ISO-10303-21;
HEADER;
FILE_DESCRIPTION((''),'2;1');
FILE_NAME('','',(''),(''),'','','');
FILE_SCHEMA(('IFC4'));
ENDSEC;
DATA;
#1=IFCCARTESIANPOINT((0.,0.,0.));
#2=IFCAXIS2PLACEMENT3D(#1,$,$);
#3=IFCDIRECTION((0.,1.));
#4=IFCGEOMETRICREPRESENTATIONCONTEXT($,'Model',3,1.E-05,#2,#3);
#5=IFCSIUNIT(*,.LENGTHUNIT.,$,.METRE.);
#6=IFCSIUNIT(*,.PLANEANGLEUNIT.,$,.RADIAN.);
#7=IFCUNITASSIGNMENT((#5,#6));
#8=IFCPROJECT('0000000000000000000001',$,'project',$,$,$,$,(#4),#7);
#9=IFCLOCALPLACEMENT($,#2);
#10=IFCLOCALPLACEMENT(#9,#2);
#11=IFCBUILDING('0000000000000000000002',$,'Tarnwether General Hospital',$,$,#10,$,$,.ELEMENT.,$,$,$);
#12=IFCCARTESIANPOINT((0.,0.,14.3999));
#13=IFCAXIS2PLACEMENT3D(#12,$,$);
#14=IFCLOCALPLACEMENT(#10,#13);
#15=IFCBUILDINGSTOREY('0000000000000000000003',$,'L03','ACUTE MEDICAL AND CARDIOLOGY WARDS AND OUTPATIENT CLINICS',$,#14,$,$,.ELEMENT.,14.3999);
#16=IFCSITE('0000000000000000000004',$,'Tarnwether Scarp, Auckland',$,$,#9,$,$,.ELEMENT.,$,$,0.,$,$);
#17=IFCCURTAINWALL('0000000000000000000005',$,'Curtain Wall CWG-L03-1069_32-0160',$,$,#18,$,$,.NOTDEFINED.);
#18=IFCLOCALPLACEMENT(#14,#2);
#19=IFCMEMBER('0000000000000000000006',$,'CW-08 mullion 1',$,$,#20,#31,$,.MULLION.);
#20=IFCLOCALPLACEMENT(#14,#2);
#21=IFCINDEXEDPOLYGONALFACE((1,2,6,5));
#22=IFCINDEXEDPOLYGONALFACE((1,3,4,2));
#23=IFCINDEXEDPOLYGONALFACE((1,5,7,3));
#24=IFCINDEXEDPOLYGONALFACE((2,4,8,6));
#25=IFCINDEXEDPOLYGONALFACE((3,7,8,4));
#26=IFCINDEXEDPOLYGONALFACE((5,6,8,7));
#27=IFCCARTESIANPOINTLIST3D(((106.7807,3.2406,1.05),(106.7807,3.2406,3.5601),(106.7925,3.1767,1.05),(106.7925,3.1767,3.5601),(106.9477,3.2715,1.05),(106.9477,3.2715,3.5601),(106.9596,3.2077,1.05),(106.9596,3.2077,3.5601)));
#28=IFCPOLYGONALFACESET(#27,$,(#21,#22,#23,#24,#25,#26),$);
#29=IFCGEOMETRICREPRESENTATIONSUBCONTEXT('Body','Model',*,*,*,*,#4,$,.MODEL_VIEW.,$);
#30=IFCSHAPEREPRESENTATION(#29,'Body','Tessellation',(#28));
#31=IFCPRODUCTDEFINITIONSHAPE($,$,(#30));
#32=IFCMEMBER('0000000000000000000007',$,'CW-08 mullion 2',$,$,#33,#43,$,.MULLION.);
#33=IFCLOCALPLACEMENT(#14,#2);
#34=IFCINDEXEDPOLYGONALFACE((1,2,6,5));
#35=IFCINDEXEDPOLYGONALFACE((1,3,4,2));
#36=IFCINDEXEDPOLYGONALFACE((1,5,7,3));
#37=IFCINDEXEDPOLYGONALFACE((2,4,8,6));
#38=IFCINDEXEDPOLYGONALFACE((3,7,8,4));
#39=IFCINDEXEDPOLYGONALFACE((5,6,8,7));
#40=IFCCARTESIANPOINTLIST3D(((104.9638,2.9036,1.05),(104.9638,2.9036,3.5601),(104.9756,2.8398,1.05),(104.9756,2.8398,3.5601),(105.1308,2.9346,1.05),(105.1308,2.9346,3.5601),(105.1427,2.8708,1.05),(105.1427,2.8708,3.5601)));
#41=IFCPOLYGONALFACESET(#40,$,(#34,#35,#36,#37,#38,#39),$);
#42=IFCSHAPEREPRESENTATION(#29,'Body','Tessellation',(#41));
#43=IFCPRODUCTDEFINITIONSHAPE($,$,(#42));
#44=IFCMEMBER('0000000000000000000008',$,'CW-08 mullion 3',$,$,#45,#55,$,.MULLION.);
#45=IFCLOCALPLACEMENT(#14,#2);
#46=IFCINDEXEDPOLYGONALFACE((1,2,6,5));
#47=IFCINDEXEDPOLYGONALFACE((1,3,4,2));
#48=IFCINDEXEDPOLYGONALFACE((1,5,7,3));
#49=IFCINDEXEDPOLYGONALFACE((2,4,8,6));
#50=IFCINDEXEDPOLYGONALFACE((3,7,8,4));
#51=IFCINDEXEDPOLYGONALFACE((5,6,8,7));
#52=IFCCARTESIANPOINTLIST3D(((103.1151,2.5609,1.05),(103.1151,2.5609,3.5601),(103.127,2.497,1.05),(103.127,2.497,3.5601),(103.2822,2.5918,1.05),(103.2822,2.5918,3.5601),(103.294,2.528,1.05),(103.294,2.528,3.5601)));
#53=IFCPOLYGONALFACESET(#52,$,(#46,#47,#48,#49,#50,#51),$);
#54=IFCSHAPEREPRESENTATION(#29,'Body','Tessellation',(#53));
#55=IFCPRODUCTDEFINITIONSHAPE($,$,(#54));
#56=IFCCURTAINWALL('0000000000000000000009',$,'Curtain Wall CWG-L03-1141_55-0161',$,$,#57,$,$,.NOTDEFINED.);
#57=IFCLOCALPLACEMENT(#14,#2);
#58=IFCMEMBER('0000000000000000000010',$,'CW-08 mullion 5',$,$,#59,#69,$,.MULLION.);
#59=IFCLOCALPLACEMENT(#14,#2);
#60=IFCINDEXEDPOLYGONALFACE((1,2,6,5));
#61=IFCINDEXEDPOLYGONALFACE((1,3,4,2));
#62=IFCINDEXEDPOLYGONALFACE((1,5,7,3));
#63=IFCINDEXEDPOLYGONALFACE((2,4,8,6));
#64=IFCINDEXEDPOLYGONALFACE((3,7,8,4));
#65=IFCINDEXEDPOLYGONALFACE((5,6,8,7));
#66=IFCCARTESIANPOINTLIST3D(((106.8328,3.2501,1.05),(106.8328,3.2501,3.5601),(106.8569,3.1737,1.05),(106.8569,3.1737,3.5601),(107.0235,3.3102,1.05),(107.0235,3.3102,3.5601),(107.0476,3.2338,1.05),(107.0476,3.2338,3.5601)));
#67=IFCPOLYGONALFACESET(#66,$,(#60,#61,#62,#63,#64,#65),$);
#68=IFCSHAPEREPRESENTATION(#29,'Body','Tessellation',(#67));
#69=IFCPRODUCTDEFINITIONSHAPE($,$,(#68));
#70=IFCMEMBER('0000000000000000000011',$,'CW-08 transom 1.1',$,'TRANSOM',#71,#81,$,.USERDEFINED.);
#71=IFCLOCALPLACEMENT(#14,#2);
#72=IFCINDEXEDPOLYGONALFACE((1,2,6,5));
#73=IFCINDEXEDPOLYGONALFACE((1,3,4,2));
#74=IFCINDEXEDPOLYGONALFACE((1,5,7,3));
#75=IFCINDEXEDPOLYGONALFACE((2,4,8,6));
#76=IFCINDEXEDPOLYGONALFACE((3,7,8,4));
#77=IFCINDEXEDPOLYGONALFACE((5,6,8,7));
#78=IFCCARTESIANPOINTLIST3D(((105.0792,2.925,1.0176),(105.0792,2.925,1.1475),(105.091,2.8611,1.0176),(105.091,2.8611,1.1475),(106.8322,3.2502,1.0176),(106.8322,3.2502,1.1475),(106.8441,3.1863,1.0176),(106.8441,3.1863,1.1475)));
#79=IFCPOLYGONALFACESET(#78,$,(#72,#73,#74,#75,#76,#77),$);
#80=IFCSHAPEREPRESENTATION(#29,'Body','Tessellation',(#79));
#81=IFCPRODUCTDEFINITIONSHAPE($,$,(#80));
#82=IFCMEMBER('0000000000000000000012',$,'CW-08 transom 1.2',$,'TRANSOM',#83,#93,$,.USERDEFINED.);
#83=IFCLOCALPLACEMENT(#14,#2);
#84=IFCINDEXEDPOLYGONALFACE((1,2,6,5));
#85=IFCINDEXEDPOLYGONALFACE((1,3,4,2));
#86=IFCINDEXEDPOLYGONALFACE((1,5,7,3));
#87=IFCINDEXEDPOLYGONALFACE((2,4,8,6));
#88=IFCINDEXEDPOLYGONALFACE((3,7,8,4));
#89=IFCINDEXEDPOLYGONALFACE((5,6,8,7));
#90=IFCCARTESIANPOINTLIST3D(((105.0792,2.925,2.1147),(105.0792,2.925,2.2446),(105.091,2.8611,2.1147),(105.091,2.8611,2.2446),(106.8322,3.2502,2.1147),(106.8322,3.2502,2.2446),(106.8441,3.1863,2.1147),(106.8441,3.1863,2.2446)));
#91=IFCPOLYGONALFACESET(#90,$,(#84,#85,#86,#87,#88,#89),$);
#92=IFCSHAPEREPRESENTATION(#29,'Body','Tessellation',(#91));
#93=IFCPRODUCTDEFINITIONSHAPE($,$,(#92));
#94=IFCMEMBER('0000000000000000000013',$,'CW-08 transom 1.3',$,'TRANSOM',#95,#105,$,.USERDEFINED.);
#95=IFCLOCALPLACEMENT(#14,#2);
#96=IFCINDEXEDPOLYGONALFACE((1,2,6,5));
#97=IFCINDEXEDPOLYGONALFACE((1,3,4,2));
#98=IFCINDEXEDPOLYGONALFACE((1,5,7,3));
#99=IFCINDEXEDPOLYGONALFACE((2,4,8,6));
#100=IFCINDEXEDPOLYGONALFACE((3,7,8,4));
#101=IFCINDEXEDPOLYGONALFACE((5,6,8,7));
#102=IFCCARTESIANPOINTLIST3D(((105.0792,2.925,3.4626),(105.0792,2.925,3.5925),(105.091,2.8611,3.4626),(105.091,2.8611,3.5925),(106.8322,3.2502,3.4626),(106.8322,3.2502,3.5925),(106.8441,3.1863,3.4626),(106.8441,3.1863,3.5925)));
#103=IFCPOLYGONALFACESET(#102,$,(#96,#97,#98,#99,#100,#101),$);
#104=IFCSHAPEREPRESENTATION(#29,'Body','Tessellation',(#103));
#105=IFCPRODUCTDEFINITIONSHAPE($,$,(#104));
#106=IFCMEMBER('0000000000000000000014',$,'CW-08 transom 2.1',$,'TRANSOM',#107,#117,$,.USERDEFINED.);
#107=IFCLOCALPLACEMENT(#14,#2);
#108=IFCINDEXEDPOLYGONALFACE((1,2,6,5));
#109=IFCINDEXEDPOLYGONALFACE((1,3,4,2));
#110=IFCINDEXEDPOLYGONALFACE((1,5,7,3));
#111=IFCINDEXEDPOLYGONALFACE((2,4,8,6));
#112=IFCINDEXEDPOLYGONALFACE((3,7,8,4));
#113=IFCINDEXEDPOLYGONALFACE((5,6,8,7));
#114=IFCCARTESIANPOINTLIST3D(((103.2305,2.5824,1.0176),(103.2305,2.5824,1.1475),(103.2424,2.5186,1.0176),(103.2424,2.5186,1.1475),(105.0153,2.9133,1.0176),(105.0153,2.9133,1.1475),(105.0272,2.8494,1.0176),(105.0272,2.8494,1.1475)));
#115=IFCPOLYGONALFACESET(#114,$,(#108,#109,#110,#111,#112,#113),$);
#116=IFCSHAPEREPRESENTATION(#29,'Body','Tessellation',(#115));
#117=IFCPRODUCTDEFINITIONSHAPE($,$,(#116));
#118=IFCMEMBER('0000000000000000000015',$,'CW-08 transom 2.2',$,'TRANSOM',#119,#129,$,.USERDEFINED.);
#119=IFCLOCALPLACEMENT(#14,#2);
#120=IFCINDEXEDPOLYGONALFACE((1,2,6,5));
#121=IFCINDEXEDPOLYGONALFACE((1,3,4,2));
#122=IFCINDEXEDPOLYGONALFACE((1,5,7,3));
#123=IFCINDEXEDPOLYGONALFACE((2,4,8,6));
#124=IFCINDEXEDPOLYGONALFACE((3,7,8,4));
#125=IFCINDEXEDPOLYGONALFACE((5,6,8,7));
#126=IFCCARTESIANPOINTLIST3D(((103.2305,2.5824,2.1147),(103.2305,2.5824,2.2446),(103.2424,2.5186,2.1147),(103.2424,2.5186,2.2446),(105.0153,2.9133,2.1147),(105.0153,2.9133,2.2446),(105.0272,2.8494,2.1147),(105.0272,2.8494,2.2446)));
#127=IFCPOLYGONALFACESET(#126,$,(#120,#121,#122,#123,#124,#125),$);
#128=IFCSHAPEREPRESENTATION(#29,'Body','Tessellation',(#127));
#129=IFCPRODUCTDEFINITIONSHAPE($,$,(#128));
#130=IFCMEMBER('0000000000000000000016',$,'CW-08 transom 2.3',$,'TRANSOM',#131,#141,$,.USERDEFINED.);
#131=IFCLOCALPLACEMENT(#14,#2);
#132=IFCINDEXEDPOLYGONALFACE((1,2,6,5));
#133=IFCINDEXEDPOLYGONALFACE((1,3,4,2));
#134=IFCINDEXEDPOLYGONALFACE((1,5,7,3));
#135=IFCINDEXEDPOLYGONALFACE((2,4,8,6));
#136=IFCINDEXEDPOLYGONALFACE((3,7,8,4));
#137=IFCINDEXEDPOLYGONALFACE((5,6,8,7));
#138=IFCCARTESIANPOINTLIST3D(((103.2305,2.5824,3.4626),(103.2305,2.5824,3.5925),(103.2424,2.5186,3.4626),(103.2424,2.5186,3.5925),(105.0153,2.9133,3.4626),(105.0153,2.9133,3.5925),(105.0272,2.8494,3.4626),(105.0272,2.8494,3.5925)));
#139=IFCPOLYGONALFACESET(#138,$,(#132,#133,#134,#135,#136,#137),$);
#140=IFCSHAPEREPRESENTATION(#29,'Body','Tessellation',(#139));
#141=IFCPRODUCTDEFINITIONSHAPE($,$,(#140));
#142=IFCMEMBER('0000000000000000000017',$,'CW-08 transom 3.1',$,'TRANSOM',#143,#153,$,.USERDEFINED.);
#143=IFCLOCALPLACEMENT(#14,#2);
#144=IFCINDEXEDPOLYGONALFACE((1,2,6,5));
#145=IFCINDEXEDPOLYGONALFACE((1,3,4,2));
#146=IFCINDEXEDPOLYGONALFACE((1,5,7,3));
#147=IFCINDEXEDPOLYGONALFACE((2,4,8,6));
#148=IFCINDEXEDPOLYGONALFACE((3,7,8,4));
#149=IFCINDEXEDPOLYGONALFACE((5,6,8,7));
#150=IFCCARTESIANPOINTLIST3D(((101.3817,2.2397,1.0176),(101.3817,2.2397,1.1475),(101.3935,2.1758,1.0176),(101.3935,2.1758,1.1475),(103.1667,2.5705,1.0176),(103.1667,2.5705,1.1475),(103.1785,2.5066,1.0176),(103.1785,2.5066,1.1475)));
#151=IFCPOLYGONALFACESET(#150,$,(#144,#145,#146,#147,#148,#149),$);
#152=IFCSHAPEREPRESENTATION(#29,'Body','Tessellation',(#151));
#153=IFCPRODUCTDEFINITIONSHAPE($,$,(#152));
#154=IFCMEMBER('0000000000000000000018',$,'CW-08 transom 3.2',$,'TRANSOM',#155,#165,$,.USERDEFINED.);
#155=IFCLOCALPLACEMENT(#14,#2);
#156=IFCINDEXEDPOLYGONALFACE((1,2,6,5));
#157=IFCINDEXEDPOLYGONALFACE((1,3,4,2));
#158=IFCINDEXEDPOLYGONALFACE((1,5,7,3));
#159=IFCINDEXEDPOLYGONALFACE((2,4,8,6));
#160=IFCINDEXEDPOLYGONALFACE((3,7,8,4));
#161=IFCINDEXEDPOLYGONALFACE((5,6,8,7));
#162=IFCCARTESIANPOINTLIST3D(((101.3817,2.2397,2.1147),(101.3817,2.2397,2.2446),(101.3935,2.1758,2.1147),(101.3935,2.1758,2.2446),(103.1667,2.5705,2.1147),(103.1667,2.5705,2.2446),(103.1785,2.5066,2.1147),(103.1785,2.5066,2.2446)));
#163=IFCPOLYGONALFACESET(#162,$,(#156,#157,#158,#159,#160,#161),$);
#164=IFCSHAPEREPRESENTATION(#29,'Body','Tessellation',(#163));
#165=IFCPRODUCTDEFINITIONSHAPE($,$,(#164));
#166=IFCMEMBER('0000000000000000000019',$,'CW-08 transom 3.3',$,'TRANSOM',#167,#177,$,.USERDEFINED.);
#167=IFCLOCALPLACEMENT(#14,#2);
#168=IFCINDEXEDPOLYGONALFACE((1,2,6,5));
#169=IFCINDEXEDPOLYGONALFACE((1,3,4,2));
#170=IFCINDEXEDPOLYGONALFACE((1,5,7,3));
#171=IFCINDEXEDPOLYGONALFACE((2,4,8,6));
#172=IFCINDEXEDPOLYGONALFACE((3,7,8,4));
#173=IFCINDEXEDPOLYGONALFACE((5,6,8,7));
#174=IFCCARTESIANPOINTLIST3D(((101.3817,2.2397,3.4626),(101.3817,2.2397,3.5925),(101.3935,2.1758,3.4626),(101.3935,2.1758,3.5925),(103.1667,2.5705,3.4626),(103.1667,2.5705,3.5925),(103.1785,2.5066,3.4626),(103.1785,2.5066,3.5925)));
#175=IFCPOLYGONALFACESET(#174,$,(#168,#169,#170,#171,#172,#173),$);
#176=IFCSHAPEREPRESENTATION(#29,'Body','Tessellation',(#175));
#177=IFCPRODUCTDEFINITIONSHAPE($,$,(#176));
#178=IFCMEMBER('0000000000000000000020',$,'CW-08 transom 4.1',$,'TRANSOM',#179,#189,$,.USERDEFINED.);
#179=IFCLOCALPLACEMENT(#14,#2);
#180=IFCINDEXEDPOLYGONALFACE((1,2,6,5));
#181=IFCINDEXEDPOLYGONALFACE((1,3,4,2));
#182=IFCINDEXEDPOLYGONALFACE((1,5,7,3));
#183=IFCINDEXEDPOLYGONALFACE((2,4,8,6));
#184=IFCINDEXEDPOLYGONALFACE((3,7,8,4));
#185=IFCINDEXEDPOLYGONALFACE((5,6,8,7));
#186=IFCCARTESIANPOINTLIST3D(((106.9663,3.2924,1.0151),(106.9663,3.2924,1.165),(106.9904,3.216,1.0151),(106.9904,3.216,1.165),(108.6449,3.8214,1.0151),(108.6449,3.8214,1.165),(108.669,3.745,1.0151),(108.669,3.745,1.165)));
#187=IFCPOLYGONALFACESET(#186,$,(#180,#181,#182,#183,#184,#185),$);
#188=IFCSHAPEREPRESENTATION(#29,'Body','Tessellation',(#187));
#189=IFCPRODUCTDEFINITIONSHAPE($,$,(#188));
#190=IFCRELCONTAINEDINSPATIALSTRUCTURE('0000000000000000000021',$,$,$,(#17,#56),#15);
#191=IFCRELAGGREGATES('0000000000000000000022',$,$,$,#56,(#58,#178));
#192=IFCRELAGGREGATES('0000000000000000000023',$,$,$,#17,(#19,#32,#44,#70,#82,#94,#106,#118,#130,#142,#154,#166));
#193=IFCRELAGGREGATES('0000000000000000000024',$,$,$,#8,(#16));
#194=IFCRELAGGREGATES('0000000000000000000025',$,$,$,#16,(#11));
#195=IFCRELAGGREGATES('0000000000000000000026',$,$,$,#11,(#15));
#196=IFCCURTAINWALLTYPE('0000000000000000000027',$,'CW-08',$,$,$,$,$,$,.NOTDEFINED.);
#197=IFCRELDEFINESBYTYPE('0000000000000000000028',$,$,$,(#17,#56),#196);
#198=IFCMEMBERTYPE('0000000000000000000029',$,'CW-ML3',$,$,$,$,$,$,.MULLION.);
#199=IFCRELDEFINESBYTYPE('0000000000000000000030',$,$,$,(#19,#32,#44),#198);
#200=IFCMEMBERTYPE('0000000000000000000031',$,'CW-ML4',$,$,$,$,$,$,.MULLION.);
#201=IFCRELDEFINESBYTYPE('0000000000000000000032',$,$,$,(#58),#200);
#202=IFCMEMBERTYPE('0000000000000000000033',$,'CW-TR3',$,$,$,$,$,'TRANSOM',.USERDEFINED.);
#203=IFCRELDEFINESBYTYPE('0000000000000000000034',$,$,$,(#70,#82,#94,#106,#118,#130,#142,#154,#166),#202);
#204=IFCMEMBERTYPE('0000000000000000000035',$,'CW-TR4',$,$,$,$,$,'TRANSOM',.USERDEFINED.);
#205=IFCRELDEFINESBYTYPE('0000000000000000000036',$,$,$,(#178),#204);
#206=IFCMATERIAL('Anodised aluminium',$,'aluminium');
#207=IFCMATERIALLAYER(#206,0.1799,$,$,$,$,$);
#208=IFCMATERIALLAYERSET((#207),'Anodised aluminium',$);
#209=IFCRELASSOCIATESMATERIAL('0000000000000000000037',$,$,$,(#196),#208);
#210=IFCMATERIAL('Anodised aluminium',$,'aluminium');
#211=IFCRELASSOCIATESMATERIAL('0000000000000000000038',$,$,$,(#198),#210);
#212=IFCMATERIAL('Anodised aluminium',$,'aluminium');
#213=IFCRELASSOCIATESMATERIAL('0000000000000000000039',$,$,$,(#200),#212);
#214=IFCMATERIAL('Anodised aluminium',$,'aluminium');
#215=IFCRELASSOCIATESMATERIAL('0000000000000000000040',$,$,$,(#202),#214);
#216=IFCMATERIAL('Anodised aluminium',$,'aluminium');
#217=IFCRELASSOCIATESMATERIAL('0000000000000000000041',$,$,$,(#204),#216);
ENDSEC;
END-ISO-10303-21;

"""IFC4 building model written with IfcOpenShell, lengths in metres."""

from ifc_helpers import new_model, si_unit, direction, frame, origin, origin_2d, place, context, subcontext, project, spatial, rectangle, extrude, material, layer, layer_set, material_profile, profile_set, type_object, element, aggregate, save


model = new_model("IFC4")

# Units and contexts
model_context = context("Model", 3, precision=1e-05, world=origin(), true_north=direction((0.0, 1.0)))
body_context = subcontext(model_context, "Body", "Model", "MODEL_VIEW")
ifc_project = project(units=[si_unit("LENGTHUNIT", "METRE"), si_unit("PLANEANGLEUNIT", "RADIAN")], contexts=[model_context])

# Site, building, storey
site_placement = place(None, origin())
site = spatial("IfcSite", under=ifc_project, at=site_placement, Name="Tarnwether Scarp, Auckland", CompositionType="ELEMENT", RefElevation=0.0)
building_placement = place(site_placement, origin())
building = spatial("IfcBuilding", under=site, at=building_placement, Name="Tarnwether General Hospital", CompositionType="ELEMENT")
storey_placement = place(building_placement, frame((0.0, 0.0, 14.3999)))
storey = spatial("IfcBuildingStorey", under=building, at=storey_placement, Name="L03", Description="ACUTE MEDICAL AND CARDIOLOGY WARDS AND OUTPATIENT CLINICS", CompositionType="ELEMENT", Elevation=14.3999)

# Curtain wall, members
ifc_material_1 = material(Name="Anodised aluminium", Category="aluminium")
ifc_layer_1 = layer(ifc_material_1, 0.1799)
ifc_layer_set_1 = layer_set([ifc_layer_1], Name="Anodised aluminium")
curtain_wall_type = type_object("IfcCurtainWallType", Name="CW-08", PredefinedType="NOTDEFINED", material=ifc_layer_set_1)
curtain_wall_1_placement = place(storey_placement, origin())
curtain_wall_1 = element("IfcCurtainWall", 1, at=curtain_wall_1_placement, inside=storey, type_object=curtain_wall_type, Name="Curtain Wall CWG-L03-1069_32-0160", PredefinedType="NOTDEFINED")
ifc_material_2 = material(Name="Anodised aluminium", Category="aluminium")
ifc_material_profile_1 = material_profile(ifc_material_2, rectangle(XDim=0.0649, YDim=0.1699, at=origin_2d()), Name="ALU-MUL-65x170")
ifc_profile_set_1 = profile_set([ifc_material_profile_1], Name="Anodised aluminium")
member_type_1 = type_object("IfcMemberType", Name="CW-ML3", PredefinedType="MULLION", material=ifc_profile_set_1)
member_1_placement = place(storey_placement, frame((106.8701, 3.2241, 1.05), z_axis=(0.0, 0.0, 1.0), x_axis=(0.182289, -0.983245, 0.0)))
member_1 = element("IfcMember", 2, at=member_1_placement, type_object=member_type_1, Name="CW-08 mullion 1", PredefinedType="MULLION", context=body_context, shape_type="SweptSolid", body=[
    extrude(rectangle(XDim=0.0649, YDim=0.1699, at=origin_2d()), origin(), (0.0, 0.0, 1.0), 2.51),
])
member_2_placement = place(storey_placement, frame((105.0532, 2.8872, 1.05), z_axis=(0.0, 0.0, 1.0), x_axis=(0.182289, -0.983245, 0.0)))
member_2 = element("IfcMember", 3, at=member_2_placement, type_object=member_type_1, Name="CW-08 mullion 2", PredefinedType="MULLION", context=body_context, shape_type="SweptSolid", body=[
    extrude(rectangle(XDim=0.0649, YDim=0.1699, at=origin_2d()), origin(), (0.0, 0.0, 1.0), 2.51),
])
member_3_placement = place(storey_placement, frame((103.2046, 2.5444, 1.05), z_axis=(0.0, 0.0, 1.0), x_axis=(0.182289, -0.983245, 0.0)))
member_3 = element("IfcMember", 4, at=member_3_placement, type_object=member_type_1, Name="CW-08 mullion 3", PredefinedType="MULLION", context=body_context, shape_type="SweptSolid", body=[
    extrude(rectangle(XDim=0.0649, YDim=0.1699, at=origin_2d()), origin(), (0.0, 0.0, 1.0), 2.51),
])

# Curtain wall, member
curtain_wall_2_placement = place(storey_placement, origin())
curtain_wall_2 = element("IfcCurtainWall", 5, at=curtain_wall_2_placement, inside=storey, type_object=curtain_wall_type, Name="Curtain Wall CWG-L03-1141_55-0161", PredefinedType="NOTDEFINED")
ifc_material_3 = material(Name="Anodised aluminium", Category="aluminium")
ifc_material_profile_2 = material_profile(ifc_material_3, rectangle(XDim=0.0801, YDim=0.2, at=origin_2d()), Name="ALU-MUL-80x200")
ifc_profile_set_2 = profile_set([ifc_material_profile_2], Name="Anodised aluminium")
member_type_2 = type_object("IfcMemberType", Name="CW-ML4", PredefinedType="MULLION", material=ifc_profile_set_2)
member_4_placement = place(storey_placement, frame((106.9402, 3.2419, 1.05), z_axis=(0.0, 0.0, 1.0), x_axis=(0.300629, -0.953741, 0.0)))
member_4 = element("IfcMember", 6, at=member_4_placement, type_object=member_type_2, Name="CW-08 mullion 5", PredefinedType="MULLION", context=body_context, shape_type="SweptSolid", body=[
    extrude(rectangle(XDim=0.0801, YDim=0.2, at=origin_2d()), origin(), (0.0, 0.0, 1.0), 2.51),
])

# Members
ifc_material_4 = material(Name="Anodised aluminium", Category="aluminium")
ifc_material_profile_3 = material_profile(ifc_material_4, rectangle(XDim=0.0649, YDim=0.1299, at=origin_2d()), Name="ALU-TRN-65x130")
ifc_profile_set_3 = profile_set([ifc_material_profile_3], Name="Anodised aluminium")
member_type_3 = type_object("IfcMemberType", Name="CW-TR3", ElementType="TRANSOM", PredefinedType="USERDEFINED", material=ifc_profile_set_3)
member_5_placement = place(storey_placement, frame((106.8381, 3.2183, 1.0825), z_axis=(-0.983224, -0.182403, 0.0), x_axis=(0.182403, -0.983224, 0.0)))
member_5 = element("IfcMember", 7, at=member_5_placement, type_object=member_type_3, Name="CW-08 transom 1.1", ObjectType="TRANSOM", PredefinedType="USERDEFINED", context=body_context, shape_type="SweptSolid", body=[
    extrude(rectangle(XDim=0.0649, YDim=0.1299, at=origin_2d()), origin(), (0.0, 0.0, 1.0), 1.783),
])
member_6_placement = place(storey_placement, frame((106.8381, 3.2183, 2.1797), z_axis=(-0.983224, -0.182403, 0.0), x_axis=(0.182403, -0.983224, 0.0)))
member_6 = element("IfcMember", 8, at=member_6_placement, type_object=member_type_3, Name="CW-08 transom 1.2", ObjectType="TRANSOM", PredefinedType="USERDEFINED", context=body_context, shape_type="SweptSolid", body=[
    extrude(rectangle(XDim=0.0649, YDim=0.1299, at=origin_2d()), origin(), (0.0, 0.0, 1.0), 1.783),
])
member_7_placement = place(storey_placement, frame((106.8381, 3.2183, 3.5276), z_axis=(-0.983224, -0.182403, 0.0), x_axis=(0.182403, -0.983224, 0.0)))
member_7 = element("IfcMember", 9, at=member_7_placement, type_object=member_type_3, Name="CW-08 transom 1.3", ObjectType="TRANSOM", PredefinedType="USERDEFINED", context=body_context, shape_type="SweptSolid", body=[
    extrude(rectangle(XDim=0.0649, YDim=0.1299, at=origin_2d()), origin(), (0.0, 0.0, 1.0), 1.783),
])
member_8_placement = place(storey_placement, frame((105.0212, 2.8813, 1.0825), z_axis=(-0.983251, -0.182258, 0.0), x_axis=(0.182258, -0.983251, 0.0)))
member_8 = element("IfcMember", 10, at=member_8_placement, type_object=member_type_3, Name="CW-08 transom 2.1", ObjectType="TRANSOM", PredefinedType="USERDEFINED", context=body_context, shape_type="SweptSolid", body=[
    extrude(rectangle(XDim=0.0649, YDim=0.1299, at=origin_2d()), origin(), (0.0, 0.0, 1.0), 1.8152),
])
member_9_placement = place(storey_placement, frame((105.0212, 2.8813, 2.1797), z_axis=(-0.983251, -0.182258, 0.0), x_axis=(0.182258, -0.983251, 0.0)))
member_9 = element("IfcMember", 11, at=member_9_placement, type_object=member_type_3, Name="CW-08 transom 2.2", ObjectType="TRANSOM", PredefinedType="USERDEFINED", context=body_context, shape_type="SweptSolid", body=[
    extrude(rectangle(XDim=0.0649, YDim=0.1299, at=origin_2d()), origin(), (0.0, 0.0, 1.0), 1.8152),
])
member_10_placement = place(storey_placement, frame((105.0212, 2.8813, 3.5276), z_axis=(-0.983251, -0.182258, 0.0), x_axis=(0.182258, -0.983251, 0.0)))
member_10 = element("IfcMember", 12, at=member_10_placement, type_object=member_type_3, Name="CW-08 transom 2.3", ObjectType="TRANSOM", PredefinedType="USERDEFINED", context=body_context, shape_type="SweptSolid", body=[
    extrude(rectangle(XDim=0.0649, YDim=0.1299, at=origin_2d()), origin(), (0.0, 0.0, 1.0), 1.8152),
])
member_11_placement = place(storey_placement, frame((103.1726, 2.5386, 1.0825), z_axis=(-0.983255, -0.182234, 0.0), x_axis=(0.182234, -0.983255, 0.0)))
member_11 = element("IfcMember", 13, at=member_11_placement, type_object=member_type_3, Name="CW-08 transom 3.1", ObjectType="TRANSOM", PredefinedType="USERDEFINED", context=body_context, shape_type="SweptSolid", body=[
    extrude(rectangle(XDim=0.0649, YDim=0.1299, at=origin_2d()), origin(), (0.0, 0.0, 1.0), 1.8154),
])
member_12_placement = place(storey_placement, frame((103.1726, 2.5386, 2.1797), z_axis=(-0.983255, -0.182234, 0.0), x_axis=(0.182234, -0.983255, 0.0)))
member_12 = element("IfcMember", 14, at=member_12_placement, type_object=member_type_3, Name="CW-08 transom 3.2", ObjectType="TRANSOM", PredefinedType="USERDEFINED", context=body_context, shape_type="SweptSolid", body=[
    extrude(rectangle(XDim=0.0649, YDim=0.1299, at=origin_2d()), origin(), (0.0, 0.0, 1.0), 1.8154),
])
member_13_placement = place(storey_placement, frame((103.1726, 2.5386, 3.5276), z_axis=(-0.983255, -0.182234, 0.0), x_axis=(0.182234, -0.983255, 0.0)))
member_13 = element("IfcMember", 15, at=member_13_placement, type_object=member_type_3, Name="CW-08 transom 3.3", ObjectType="TRANSOM", PredefinedType="USERDEFINED", context=body_context, shape_type="SweptSolid", body=[
    extrude(rectangle(XDim=0.0649, YDim=0.1299, at=origin_2d()), origin(), (0.0, 0.0, 1.0), 1.8154),
])
ifc_material_5 = material(Name="Anodised aluminium", Category="aluminium")
ifc_material_profile_4 = material_profile(ifc_material_5, rectangle(XDim=0.0801, YDim=0.1499, at=origin_2d()), Name="ALU-TRN-80x150")
ifc_profile_set_4 = profile_set([ifc_material_profile_4], Name="Anodised aluminium")
member_type_4 = type_object("IfcMemberType", Name="CW-TR4", ElementType="TRANSOM", PredefinedType="USERDEFINED", material=ifc_profile_set_4)
member_14_placement = place(storey_placement, frame((108.657, 3.7832, 1.0901), z_axis=(-0.953757, -0.30058, 0.0), x_axis=(0.30058, -0.953757, 0.0)))
member_14 = element("IfcMember", 16, at=member_14_placement, type_object=member_type_4, Name="CW-08 transom 4.1", ObjectType="TRANSOM", PredefinedType="USERDEFINED", context=body_context, shape_type="SweptSolid", body=[
    extrude(rectangle(XDim=0.0801, YDim=0.1499, at=origin_2d()), origin(), (0.0, 0.0, 1.0), 1.76),
])

aggregate(curtain_wall_2, [member_4, member_14])
aggregate(curtain_wall_1, [member_1, member_2, member_3, member_5, member_6, member_7, member_8, member_9, member_10, member_11, member_12, member_13])

save(model, "model.ifc")
